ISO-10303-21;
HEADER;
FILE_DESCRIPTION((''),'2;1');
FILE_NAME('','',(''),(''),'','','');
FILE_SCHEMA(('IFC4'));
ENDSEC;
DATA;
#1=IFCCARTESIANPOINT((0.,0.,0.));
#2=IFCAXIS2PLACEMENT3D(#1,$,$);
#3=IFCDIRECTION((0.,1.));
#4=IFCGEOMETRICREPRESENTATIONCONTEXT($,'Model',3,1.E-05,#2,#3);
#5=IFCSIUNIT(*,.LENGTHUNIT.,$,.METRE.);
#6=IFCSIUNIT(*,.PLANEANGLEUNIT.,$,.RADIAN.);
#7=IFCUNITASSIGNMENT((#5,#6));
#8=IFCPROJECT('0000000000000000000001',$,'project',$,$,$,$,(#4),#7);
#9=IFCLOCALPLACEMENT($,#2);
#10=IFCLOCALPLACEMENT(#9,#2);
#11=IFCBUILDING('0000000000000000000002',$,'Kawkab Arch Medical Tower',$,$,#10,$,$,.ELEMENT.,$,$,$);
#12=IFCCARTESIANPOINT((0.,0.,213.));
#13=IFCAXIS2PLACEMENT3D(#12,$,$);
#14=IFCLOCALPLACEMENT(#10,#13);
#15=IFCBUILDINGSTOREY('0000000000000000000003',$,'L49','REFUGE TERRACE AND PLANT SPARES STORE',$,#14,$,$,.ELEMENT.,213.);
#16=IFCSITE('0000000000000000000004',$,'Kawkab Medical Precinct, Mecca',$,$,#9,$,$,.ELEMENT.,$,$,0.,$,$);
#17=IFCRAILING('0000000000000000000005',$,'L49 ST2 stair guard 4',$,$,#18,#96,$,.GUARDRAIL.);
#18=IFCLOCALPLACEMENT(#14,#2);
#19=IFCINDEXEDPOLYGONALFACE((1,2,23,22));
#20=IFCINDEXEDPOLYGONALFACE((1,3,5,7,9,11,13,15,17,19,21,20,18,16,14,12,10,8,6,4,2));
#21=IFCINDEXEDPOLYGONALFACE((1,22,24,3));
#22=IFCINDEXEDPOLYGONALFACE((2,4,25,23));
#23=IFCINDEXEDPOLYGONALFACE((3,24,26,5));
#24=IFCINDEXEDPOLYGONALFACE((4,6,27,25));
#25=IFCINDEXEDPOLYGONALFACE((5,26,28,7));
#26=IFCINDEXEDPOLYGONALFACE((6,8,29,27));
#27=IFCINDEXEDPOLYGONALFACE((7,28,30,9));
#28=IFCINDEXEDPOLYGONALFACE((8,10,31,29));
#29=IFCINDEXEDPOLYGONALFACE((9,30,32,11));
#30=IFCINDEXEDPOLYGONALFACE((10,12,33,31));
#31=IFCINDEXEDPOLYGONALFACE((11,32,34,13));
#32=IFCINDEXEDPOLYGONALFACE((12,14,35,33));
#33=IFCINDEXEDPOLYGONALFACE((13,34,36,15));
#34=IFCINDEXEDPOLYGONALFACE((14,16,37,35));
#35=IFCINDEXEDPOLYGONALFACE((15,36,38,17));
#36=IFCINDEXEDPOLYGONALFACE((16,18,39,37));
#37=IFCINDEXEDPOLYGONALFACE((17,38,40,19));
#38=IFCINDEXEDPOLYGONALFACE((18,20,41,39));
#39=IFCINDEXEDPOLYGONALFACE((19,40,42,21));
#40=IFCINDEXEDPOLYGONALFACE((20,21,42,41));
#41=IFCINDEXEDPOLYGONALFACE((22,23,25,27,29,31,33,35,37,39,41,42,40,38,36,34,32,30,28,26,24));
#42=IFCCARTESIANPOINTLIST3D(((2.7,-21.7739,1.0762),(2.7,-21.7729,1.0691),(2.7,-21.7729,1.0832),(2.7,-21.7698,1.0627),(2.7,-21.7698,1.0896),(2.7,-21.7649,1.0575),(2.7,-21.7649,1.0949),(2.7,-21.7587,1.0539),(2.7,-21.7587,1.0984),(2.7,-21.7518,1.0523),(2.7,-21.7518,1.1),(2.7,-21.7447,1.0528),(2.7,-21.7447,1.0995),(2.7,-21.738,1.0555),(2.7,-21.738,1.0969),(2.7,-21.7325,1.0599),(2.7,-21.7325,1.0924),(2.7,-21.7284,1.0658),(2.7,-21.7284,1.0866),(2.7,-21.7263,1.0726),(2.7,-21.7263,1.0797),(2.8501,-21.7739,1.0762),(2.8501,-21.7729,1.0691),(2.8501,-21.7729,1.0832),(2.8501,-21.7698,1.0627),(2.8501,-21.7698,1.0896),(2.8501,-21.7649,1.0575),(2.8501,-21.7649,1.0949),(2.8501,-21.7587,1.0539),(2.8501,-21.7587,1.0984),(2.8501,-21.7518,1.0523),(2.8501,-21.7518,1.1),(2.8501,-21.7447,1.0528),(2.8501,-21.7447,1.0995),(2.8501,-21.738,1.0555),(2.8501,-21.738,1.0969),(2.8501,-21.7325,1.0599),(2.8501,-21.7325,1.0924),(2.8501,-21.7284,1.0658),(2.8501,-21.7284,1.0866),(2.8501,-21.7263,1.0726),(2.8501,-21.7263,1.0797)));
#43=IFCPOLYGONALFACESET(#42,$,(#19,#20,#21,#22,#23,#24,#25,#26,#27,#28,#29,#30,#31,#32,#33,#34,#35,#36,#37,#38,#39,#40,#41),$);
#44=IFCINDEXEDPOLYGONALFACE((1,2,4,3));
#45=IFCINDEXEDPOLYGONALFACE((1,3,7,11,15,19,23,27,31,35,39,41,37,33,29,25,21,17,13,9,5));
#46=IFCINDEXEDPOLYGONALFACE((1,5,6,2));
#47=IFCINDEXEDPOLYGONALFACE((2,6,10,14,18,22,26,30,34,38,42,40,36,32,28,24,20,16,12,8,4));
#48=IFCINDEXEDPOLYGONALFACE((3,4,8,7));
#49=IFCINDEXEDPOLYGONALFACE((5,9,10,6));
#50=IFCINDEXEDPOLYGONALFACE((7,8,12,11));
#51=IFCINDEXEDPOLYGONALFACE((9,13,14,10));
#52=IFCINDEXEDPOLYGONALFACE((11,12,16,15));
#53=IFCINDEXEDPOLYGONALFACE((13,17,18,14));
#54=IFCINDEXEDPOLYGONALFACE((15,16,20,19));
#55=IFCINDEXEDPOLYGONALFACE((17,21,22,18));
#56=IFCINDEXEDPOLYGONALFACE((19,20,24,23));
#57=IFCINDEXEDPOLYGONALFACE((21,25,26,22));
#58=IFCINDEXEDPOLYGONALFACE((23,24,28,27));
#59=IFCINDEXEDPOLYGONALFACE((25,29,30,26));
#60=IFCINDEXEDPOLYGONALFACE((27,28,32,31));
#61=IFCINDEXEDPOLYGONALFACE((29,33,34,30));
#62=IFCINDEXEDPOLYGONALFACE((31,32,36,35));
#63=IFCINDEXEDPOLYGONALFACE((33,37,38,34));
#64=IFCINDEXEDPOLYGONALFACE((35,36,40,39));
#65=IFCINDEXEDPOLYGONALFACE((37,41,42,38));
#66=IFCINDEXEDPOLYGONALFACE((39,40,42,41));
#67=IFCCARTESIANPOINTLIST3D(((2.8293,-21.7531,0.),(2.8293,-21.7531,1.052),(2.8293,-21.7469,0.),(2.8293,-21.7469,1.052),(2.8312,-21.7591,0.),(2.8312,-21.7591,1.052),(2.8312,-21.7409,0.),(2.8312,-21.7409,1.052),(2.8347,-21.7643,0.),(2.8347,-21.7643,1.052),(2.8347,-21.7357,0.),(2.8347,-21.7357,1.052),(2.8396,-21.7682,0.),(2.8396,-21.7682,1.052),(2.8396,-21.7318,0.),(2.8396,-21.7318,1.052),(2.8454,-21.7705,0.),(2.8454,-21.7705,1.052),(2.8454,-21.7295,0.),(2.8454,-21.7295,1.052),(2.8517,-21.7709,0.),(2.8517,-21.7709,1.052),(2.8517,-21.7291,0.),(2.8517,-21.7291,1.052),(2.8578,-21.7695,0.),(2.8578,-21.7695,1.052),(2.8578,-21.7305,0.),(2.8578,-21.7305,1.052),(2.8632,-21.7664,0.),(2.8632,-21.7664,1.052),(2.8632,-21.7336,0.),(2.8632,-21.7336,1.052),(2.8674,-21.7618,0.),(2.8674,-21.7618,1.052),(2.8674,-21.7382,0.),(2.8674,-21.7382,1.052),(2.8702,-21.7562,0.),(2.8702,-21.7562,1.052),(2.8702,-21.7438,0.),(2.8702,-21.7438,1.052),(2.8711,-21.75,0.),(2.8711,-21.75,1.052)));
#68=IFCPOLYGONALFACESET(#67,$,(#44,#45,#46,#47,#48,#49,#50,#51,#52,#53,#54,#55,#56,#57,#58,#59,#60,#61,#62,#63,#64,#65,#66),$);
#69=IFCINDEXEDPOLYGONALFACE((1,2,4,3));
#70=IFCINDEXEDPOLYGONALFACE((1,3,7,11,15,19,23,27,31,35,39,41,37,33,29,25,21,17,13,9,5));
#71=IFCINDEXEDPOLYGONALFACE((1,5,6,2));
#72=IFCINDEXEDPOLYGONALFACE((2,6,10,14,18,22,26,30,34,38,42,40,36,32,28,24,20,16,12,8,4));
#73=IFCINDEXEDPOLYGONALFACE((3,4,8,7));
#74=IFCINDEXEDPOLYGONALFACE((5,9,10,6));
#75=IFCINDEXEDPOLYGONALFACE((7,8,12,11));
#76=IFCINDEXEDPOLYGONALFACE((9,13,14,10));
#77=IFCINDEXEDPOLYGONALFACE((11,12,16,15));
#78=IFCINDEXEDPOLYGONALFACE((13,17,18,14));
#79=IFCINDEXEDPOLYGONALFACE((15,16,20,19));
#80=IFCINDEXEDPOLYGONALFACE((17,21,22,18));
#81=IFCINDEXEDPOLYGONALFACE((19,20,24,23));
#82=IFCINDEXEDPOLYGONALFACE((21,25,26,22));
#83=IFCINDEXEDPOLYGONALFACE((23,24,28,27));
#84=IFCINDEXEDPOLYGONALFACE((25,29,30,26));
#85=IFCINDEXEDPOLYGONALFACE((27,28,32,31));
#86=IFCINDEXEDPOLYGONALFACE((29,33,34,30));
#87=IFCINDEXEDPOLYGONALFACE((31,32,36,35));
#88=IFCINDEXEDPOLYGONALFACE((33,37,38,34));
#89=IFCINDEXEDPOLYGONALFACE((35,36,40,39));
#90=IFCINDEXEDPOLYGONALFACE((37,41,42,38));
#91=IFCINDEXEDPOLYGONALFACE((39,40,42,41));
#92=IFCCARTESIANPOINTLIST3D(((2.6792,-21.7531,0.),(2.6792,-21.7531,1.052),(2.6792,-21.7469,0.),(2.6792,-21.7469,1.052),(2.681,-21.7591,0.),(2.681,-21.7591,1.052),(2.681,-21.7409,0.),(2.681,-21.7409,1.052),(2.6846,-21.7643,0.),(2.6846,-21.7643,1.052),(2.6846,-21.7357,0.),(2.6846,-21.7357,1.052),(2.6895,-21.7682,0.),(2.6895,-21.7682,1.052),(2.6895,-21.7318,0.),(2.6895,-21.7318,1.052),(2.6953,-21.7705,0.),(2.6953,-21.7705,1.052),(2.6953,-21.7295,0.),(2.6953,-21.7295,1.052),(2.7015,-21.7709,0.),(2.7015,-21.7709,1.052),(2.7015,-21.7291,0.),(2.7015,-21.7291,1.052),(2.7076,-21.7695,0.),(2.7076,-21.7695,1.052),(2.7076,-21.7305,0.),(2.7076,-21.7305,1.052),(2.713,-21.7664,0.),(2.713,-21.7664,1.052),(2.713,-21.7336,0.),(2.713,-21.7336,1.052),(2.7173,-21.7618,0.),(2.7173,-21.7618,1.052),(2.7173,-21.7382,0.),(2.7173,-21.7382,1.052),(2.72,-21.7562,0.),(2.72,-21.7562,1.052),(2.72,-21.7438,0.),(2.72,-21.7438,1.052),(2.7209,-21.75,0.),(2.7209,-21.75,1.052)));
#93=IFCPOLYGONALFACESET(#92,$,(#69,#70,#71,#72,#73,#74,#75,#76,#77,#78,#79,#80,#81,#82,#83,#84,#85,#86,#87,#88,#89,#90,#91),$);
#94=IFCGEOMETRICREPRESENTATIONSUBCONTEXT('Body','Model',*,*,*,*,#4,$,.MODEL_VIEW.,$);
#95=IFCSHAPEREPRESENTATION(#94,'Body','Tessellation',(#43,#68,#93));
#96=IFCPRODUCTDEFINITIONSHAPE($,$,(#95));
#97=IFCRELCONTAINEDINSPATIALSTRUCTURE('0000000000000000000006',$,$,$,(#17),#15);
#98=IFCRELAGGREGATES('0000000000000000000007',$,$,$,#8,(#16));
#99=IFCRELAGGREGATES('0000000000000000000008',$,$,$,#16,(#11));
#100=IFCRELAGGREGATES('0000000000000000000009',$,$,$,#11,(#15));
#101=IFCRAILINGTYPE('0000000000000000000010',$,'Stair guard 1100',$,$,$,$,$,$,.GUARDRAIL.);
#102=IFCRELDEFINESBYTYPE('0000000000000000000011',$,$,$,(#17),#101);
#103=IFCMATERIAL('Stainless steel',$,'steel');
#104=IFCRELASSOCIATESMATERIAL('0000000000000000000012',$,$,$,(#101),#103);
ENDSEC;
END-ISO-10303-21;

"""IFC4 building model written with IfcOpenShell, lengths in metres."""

from ifc_helpers import new_model, si_unit, direction, frame, origin, origin_2d, place, context, subcontext, project, spatial, circle, extrude, material, type_object, element, save


model = new_model("IFC4")

# Units and contexts
model_context = context("Model", 3, precision=1e-05, world=origin(), true_north=direction((0.0, 1.0)))
body_context = subcontext(model_context, "Body", "Model", "MODEL_VIEW")
ifc_project = project(units=[si_unit("LENGTHUNIT", "METRE"), si_unit("PLANEANGLEUNIT", "RADIAN")], contexts=[model_context])

# Site, building, storey
site_placement = place(None, origin())
site = spatial("IfcSite", under=ifc_project, at=site_placement, Name="Kawkab Medical Precinct, Mecca", CompositionType="ELEMENT", RefElevation=0.0)
building_placement = place(site_placement, origin())
building = spatial("IfcBuilding", under=site, at=building_placement, Name="Kawkab Arch Medical Tower", CompositionType="ELEMENT")
storey_placement = place(building_placement, frame((0.0, 0.0, 213.0)))
storey = spatial("IfcBuildingStorey", under=building, at=storey_placement, Name="L49", Description="REFUGE TERRACE AND PLANT SPARES STORE", CompositionType="ELEMENT", Elevation=213.0)

# Railing
ifc_material_1 = material(Name="Stainless steel", Category="steel")
railing_type = type_object("IfcRailingType", Name="Stair guard 1100", PredefinedType="GUARDRAIL", material=ifc_material_1)
railing_1_placement = place(storey_placement, frame((2.8501, -21.75, 0.0)))
element("IfcRailing", 1, at=railing_1_placement, inside=storey, type_object=railing_type, Name="L49 ST2 stair guard 4", PredefinedType="GUARDRAIL", context=body_context, shape_type="SweptSolid", body=[
    extrude(circle(Radius=0.0239, at=origin_2d()), frame((0.0, 0.0, 1.0762), z_axis=(-1.0, 0.0, 0.0), x_axis=(0.0, -1.0, 0.0)), (0.0, 0.0, 1.0), 0.1501),
    extrude(circle(Radius=0.021, at=origin_2d()), origin(), (0.0, 0.0, 1.0), 1.052),
    extrude(circle(Radius=0.021, at=origin_2d()), frame((-0.1501, 0.0, 0.0)), (0.0, 0.0, 1.0), 1.052),
])

save(model, "model.ifc")
